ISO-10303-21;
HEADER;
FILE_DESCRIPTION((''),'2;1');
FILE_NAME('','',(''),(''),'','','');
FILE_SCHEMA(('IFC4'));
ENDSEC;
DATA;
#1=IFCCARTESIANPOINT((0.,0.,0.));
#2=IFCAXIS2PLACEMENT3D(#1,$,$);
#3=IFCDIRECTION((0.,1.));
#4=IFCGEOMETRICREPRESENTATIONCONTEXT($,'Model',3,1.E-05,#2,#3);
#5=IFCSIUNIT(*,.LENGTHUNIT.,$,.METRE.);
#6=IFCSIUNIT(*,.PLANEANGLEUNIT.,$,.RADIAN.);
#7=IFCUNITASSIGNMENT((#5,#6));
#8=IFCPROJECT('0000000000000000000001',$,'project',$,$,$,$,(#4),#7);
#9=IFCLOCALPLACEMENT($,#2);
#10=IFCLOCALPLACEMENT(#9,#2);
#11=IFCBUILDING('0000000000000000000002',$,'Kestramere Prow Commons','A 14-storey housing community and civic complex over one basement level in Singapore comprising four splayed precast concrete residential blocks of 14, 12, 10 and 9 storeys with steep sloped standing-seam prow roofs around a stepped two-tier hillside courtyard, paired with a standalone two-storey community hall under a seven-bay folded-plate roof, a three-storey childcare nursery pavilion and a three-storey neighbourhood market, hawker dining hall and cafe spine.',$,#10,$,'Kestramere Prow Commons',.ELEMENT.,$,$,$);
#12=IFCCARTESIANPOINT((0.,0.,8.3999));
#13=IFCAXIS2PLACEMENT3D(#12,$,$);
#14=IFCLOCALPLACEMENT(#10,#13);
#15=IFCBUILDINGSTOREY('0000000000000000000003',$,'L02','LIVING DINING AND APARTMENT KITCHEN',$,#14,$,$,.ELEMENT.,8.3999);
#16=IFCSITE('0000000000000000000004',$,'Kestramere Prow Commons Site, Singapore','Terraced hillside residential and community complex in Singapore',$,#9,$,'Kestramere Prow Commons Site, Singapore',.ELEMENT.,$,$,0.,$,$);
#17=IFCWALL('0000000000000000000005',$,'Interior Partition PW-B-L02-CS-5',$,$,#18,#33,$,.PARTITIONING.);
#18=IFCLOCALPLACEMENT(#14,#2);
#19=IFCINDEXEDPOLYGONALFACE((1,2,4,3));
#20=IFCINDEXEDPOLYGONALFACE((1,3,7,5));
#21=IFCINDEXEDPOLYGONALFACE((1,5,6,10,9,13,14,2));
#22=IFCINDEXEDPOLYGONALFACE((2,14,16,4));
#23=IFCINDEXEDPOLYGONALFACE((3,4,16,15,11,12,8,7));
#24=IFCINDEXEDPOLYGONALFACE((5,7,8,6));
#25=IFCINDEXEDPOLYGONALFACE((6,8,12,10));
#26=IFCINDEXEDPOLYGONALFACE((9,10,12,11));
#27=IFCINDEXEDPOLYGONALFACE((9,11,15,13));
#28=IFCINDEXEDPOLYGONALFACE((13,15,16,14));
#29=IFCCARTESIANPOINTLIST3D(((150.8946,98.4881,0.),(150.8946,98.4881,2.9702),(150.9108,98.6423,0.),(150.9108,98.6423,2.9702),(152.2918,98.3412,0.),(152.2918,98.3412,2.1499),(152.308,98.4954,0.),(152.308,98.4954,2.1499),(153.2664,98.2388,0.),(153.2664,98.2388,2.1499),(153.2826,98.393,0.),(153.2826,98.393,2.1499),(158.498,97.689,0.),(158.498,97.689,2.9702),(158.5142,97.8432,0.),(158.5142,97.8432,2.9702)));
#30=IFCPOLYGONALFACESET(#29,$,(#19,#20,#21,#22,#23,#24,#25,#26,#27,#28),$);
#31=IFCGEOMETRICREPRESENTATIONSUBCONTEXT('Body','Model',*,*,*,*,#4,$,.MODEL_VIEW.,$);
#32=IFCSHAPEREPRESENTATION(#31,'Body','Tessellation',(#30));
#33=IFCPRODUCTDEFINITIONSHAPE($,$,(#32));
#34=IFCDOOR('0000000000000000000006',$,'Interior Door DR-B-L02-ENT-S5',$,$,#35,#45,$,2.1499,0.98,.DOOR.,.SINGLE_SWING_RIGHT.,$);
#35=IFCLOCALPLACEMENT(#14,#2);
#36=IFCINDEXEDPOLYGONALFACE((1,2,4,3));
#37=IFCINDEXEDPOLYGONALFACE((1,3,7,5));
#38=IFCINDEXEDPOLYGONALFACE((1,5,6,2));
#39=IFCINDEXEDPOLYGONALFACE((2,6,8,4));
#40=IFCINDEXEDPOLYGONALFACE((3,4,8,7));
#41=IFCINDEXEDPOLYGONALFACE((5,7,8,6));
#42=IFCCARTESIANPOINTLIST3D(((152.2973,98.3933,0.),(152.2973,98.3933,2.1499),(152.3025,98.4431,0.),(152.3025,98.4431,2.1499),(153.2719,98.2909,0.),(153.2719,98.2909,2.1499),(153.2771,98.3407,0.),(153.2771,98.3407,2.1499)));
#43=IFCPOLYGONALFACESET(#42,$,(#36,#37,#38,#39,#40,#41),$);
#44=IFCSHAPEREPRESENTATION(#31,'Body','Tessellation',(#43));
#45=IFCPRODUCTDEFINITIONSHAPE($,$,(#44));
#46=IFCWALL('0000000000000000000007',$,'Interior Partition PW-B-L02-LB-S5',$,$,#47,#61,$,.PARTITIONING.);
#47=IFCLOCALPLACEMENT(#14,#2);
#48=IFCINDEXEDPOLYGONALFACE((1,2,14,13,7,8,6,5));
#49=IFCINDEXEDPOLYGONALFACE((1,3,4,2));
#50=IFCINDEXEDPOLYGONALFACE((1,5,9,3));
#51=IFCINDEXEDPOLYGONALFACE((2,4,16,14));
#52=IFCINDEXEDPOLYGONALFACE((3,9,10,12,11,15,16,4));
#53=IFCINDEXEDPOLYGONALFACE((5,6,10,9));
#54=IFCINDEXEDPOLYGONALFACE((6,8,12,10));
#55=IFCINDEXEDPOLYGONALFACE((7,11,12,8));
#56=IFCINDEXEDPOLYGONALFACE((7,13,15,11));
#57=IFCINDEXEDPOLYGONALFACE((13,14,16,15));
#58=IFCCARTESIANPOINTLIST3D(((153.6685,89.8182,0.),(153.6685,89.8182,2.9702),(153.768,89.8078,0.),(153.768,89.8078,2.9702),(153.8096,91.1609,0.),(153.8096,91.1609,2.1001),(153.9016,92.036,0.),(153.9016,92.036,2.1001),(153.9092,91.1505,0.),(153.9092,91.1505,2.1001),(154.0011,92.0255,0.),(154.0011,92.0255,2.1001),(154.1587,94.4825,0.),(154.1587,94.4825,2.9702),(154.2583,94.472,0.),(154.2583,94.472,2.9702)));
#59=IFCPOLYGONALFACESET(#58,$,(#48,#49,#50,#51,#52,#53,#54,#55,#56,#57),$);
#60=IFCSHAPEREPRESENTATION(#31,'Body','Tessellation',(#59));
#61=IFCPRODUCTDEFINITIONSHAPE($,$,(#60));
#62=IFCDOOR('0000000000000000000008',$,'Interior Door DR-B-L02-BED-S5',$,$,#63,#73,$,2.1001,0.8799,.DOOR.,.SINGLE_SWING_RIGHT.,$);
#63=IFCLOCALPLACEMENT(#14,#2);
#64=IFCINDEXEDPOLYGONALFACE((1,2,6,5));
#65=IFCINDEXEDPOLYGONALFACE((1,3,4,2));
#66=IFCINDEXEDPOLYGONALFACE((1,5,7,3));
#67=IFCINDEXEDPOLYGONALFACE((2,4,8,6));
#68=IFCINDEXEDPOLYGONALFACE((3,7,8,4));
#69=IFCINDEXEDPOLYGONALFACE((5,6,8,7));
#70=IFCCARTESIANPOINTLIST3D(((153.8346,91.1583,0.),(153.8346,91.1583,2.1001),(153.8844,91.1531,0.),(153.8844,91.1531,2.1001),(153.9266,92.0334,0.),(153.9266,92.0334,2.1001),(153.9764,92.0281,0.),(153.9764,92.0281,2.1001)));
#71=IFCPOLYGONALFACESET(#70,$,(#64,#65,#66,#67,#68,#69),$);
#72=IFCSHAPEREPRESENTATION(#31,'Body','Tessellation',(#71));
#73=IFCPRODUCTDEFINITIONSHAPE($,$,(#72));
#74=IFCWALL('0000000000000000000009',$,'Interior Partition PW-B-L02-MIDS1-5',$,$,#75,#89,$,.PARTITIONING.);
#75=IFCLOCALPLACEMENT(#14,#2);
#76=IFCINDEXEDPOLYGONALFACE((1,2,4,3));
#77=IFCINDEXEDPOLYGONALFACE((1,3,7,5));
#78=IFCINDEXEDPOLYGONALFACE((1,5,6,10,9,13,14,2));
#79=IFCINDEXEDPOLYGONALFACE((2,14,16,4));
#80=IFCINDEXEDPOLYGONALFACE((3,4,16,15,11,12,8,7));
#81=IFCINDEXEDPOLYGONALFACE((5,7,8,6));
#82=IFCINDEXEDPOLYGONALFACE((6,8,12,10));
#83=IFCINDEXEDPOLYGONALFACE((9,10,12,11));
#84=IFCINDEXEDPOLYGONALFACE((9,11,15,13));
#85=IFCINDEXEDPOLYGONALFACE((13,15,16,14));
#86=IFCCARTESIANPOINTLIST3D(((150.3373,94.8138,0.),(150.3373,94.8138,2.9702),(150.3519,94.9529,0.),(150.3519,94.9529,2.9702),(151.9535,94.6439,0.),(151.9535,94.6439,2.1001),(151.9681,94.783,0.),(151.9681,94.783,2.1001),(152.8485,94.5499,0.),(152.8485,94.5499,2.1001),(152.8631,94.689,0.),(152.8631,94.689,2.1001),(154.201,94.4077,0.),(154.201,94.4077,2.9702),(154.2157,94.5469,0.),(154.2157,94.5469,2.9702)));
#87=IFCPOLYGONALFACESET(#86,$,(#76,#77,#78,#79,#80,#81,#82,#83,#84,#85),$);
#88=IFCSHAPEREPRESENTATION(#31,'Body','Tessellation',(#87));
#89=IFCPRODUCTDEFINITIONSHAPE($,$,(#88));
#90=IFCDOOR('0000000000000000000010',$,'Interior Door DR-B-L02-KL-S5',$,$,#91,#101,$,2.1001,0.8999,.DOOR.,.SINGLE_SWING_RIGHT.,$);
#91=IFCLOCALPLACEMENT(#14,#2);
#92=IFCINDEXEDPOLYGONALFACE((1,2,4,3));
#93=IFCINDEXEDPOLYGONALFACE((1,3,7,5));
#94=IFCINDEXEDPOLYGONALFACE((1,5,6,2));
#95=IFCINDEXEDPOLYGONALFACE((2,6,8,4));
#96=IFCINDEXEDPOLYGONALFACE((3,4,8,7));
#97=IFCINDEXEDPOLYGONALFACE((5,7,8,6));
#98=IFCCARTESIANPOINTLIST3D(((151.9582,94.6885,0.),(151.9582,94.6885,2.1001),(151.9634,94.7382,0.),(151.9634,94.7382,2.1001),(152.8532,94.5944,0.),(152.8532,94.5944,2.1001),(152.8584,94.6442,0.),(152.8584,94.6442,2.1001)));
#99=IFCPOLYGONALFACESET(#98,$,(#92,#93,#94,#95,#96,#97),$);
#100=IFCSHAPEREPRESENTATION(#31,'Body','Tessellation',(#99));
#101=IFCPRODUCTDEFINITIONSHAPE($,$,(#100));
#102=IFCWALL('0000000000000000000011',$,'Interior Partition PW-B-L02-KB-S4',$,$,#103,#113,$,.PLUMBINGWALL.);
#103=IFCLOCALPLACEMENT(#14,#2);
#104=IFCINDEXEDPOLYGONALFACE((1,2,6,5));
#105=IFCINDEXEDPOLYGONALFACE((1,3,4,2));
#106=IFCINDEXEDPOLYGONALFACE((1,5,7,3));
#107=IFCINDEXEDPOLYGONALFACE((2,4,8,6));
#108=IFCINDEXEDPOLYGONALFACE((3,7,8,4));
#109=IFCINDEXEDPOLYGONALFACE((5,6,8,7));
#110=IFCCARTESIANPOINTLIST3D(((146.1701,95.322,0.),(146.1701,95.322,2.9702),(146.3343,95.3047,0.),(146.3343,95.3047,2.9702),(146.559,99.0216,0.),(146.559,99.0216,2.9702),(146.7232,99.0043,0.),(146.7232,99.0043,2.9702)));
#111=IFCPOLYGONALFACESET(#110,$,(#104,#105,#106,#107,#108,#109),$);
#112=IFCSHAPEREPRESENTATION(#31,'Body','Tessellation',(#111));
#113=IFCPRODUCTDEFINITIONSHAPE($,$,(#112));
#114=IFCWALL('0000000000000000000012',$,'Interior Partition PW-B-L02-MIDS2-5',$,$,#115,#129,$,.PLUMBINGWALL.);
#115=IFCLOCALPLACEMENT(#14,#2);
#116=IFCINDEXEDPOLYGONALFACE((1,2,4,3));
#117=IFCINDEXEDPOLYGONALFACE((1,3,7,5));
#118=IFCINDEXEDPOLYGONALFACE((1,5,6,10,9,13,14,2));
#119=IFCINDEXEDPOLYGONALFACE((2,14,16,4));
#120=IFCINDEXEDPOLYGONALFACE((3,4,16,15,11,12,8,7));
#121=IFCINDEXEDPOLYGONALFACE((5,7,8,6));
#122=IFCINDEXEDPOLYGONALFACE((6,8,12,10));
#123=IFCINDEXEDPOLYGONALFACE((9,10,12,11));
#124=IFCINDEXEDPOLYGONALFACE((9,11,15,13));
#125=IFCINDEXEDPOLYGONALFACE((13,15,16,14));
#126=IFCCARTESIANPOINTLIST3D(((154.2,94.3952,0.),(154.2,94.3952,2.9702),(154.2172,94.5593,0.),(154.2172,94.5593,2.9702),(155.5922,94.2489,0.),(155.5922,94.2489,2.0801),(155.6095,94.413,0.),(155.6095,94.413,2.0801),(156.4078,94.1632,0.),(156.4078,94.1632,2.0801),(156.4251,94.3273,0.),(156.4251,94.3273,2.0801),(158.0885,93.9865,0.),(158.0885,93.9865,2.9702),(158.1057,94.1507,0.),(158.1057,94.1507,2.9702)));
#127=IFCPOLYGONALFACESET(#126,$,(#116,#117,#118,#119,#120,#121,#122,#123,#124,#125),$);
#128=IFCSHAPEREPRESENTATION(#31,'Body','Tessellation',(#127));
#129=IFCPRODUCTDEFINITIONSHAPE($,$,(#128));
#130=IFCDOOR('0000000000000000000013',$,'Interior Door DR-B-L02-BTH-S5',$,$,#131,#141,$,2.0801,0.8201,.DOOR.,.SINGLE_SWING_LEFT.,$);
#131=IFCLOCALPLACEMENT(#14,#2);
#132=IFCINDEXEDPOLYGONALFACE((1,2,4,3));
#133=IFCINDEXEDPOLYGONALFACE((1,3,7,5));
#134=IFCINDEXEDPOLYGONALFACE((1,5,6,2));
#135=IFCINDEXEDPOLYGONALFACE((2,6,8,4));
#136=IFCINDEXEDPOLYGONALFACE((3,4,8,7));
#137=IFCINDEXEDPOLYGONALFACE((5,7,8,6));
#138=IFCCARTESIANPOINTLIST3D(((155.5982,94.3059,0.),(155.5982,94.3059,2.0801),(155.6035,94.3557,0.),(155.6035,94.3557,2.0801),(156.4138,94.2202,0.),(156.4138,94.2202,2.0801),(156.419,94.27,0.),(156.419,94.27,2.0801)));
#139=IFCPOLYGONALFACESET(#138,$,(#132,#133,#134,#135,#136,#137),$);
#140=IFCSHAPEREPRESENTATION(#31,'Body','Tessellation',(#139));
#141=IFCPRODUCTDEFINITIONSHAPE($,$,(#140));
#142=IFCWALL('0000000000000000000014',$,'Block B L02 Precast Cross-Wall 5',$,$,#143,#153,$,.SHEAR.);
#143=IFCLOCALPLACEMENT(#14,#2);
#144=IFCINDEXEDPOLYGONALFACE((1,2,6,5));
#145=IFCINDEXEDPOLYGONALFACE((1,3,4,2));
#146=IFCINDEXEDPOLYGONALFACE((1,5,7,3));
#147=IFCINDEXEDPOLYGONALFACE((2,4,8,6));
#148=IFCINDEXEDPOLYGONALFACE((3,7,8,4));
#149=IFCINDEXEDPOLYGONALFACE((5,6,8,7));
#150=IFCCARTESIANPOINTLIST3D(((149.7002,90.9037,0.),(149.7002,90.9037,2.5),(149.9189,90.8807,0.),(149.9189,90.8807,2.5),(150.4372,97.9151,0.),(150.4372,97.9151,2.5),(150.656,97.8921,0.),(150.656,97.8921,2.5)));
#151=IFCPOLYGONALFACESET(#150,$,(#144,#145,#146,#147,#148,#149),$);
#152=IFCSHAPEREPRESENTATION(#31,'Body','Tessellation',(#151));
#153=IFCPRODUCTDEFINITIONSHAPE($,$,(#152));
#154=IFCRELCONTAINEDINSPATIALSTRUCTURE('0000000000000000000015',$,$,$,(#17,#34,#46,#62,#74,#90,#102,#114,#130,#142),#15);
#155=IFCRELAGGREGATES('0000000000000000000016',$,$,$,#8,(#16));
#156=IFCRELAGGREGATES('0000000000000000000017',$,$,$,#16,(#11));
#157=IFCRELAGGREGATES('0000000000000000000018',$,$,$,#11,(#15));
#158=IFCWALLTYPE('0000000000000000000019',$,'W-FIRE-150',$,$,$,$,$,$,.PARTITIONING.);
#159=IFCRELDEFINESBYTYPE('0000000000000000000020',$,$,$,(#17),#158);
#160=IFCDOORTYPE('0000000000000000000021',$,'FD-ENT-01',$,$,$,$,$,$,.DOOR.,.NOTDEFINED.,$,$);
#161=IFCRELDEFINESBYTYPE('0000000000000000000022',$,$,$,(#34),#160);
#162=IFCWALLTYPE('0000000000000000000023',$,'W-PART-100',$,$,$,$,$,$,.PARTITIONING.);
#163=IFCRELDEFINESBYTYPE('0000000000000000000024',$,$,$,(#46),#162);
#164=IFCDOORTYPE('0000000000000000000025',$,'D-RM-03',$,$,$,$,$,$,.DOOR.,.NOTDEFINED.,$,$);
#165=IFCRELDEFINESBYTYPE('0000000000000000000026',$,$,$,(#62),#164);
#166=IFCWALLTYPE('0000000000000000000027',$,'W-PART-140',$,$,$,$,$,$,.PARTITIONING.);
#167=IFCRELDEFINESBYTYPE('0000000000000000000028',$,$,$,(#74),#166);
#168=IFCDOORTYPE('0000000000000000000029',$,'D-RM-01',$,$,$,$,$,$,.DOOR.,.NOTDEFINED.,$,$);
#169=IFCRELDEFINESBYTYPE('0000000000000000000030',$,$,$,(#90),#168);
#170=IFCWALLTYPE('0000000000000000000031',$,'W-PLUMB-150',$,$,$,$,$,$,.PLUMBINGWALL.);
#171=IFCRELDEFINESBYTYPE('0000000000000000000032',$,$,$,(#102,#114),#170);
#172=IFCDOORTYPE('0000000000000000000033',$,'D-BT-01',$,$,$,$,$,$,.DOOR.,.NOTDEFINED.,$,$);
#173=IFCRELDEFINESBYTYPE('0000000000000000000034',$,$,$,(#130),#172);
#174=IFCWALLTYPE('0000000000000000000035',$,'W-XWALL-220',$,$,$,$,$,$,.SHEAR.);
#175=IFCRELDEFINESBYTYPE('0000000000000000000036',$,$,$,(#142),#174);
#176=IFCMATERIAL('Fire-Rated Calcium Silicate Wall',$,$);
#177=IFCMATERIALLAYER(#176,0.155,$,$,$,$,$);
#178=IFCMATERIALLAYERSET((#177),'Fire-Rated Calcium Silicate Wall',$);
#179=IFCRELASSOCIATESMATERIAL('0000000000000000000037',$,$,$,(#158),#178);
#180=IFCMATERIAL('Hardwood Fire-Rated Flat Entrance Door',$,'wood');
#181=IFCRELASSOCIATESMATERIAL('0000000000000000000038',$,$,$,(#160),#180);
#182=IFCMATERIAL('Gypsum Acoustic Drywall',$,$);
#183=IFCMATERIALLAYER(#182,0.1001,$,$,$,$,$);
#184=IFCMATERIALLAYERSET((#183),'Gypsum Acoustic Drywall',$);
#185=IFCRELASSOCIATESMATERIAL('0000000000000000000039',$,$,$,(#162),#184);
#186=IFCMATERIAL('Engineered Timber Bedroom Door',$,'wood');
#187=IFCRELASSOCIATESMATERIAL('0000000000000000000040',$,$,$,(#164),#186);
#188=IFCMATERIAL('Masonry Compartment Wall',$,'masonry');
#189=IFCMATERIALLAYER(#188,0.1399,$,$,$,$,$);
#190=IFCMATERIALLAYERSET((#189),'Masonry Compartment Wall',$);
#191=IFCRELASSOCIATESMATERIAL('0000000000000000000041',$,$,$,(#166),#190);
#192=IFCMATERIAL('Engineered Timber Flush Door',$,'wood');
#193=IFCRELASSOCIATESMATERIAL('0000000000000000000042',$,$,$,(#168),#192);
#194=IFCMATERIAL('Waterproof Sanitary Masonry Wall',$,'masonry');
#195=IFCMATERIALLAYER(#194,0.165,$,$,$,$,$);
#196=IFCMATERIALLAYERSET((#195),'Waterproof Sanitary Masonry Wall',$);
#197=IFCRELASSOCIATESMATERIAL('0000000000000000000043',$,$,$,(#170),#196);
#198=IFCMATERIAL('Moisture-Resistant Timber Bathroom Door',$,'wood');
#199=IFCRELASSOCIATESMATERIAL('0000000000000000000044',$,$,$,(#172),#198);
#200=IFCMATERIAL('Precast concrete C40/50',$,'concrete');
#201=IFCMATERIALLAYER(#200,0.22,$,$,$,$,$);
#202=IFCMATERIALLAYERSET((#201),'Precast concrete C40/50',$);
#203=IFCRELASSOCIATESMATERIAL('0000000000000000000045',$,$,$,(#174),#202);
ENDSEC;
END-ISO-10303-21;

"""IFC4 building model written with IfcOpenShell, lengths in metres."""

from ifc_helpers import new_model, si_unit, direction, frame, frame_2d, origin, place, context, subcontext, project, spatial, rectangle, extrude, material, layer, layer_set, type_object, element, fill, save


model = new_model("IFC4")

# Units and contexts
model_context = context("Model", 3, precision=1e-05, world=origin(), true_north=direction((0.0, 1.0)))
body_context = subcontext(model_context, "Body", "Model", "MODEL_VIEW")
ifc_project = project(units=[si_unit("LENGTHUNIT", "METRE"), si_unit("PLANEANGLEUNIT", "RADIAN")], contexts=[model_context])

# Site, building, storey
site_placement = place(None, origin())
site = spatial("IfcSite", under=ifc_project, at=site_placement, Name="Kestramere Prow Commons Site, Singapore", Description="Terraced hillside residential and community complex in Singapore", LongName="Kestramere Prow Commons Site, Singapore", CompositionType="ELEMENT", RefElevation=0.0)
building_placement = place(site_placement, origin())
building = spatial("IfcBuilding", under=site, at=building_placement, Name="Kestramere Prow Commons", Description="A 14-storey housing community and civic complex over one basement level in Singapore comprising four splayed precast concrete residential blocks of 14, 12, 10 and 9 storeys with steep sloped standing-seam prow roofs around a stepped two-tier hillside courtyard, paired with a standalone two-storey community hall under a seven-bay folded-plate roof, a three-storey childcare nursery pavilion and a three-storey neighbourhood market, hawker dining hall and cafe spine.", LongName="Kestramere Prow Commons", CompositionType="ELEMENT")
storey_placement = place(building_placement, frame((0.0, 0.0, 8.3999)))
storey = spatial("IfcBuildingStorey", under=building, at=storey_placement, Name="L02", Description="LIVING DINING AND APARTMENT KITCHEN", CompositionType="ELEMENT", Elevation=8.3999)

# Shared definitions
ifc_material_1 = material(Name="Precast concrete C40/50", Category="concrete")

# Walls, openings, doors
ifc_material_2 = material(Name="Fire-Rated Calcium Silicate Wall")
ifc_layer_1 = layer(ifc_material_2, 0.155)
ifc_layer_set_1 = layer_set([ifc_layer_1], Name="Fire-Rated Calcium Silicate Wall")
wall_type_1 = type_object("IfcWallType", Name="W-FIRE-150", PredefinedType="PARTITIONING", material=ifc_layer_set_1)
wall_1_placement = place(storey_placement, frame((150.9026, 98.5652, 0.0), z_axis=(0.0, 0.0, 1.0), x_axis=(0.994523, -0.10452, 0.0)))
wall_1 = element("IfcWall", 1, at=wall_1_placement, inside=storey, type_object=wall_type_1, Name="Interior Partition PW-B-L02-CS-5", PredefinedType="PARTITIONING", context=body_context, shape_type="SweptSolid", body=[
    extrude(rectangle(XDim=7.6453, YDim=0.155, at=frame_2d((3.8228, 0.0))), origin(), (0.0, 0.0, 1.0), 2.9702),
])
opening_1_placement = place(wall_1_placement, frame((1.405, 0.0, 0.0)))
opening_1 = element("IfcOpeningElement", 2, at=opening_1_placement, cuts=wall_1, PredefinedType="OPENING", context=body_context, shape_type="SweptSolid", body=[
    extrude(rectangle(XDim=0.98, YDim=2.1499, at=frame_2d((0.49, 1.075))), frame((0.0, 0.0925, 0.0), z_axis=(0.0, -1.0, 0.0), x_axis=(1.0, 0.0, 0.0)), (0.0, 0.0, 1.0), 0.1851),
])
ifc_material_3 = material(Name="Hardwood Fire-Rated Flat Entrance Door", Category="wood")
door_type_1 = type_object("IfcDoorType", Name="FD-ENT-01", OperationType="NOTDEFINED", PredefinedType="DOOR", material=ifc_material_3)
door_1_placement = place(opening_1_placement, origin())
door_1 = element("IfcDoor", 3, at=door_1_placement, inside=storey, type_object=door_type_1, Name="Interior Door DR-B-L02-ENT-S5", OperationType="SINGLE_SWING_RIGHT", OverallHeight=2.1499, OverallWidth=0.98, PredefinedType="DOOR", context=body_context, shape_type="SweptSolid", body=[
    extrude(rectangle(XDim=0.98, YDim=2.1499, at=frame_2d((0.49, 1.075))), frame((0.0, 0.0249, 0.0), z_axis=(0.0, -1.0, 0.0), x_axis=(1.0, 0.0, 0.0)), (0.0, 0.0, 1.0), 0.05),
])
fill(opening_1, door_1)
ifc_material_4 = material(Name="Gypsum Acoustic Drywall")
ifc_layer_2 = layer(ifc_material_4, 0.1001)
ifc_layer_set_2 = layer_set([ifc_layer_2], Name="Gypsum Acoustic Drywall")
wall_type_2 = type_object("IfcWallType", Name="W-PART-100", PredefinedType="PARTITIONING", material=ifc_layer_set_2)
wall_2_placement = place(storey_placement, frame((153.7183, 89.813, 0.0), z_axis=(0.0, 0.0, 1.0), x_axis=(0.104528, 0.994522, 0.0)))
wall_2 = element("IfcWall", 4, at=wall_2_placement, inside=storey, type_object=wall_type_2, Name="Interior Partition PW-B-L02-LB-S5", PredefinedType="PARTITIONING", context=body_context, shape_type="SweptSolid", body=[
    extrude(rectangle(XDim=4.6899, YDim=0.1001, at=frame_2d((2.345, 0.0))), origin(), (0.0, 0.0, 1.0), 2.9702),
])
opening_2_placement = place(wall_2_placement, frame((1.3501, 0.0, 0.0)))
opening_2 = element("IfcOpeningElement", 5, at=opening_2_placement, cuts=wall_2, PredefinedType="OPENING", context=body_context, shape_type="SweptSolid", body=[
    extrude(rectangle(XDim=0.8799, YDim=2.1001, at=frame_2d((0.4399, 1.05))), frame((0.0, 0.0649, 0.0), z_axis=(0.0, -1.0, 0.0), x_axis=(1.0, 0.0, 0.0)), (0.0, 0.0, 1.0), 0.1301),
])
ifc_material_5 = material(Name="Engineered Timber Bedroom Door", Category="wood")
door_type_2 = type_object("IfcDoorType", Name="D-RM-03", OperationType="NOTDEFINED", PredefinedType="DOOR", material=ifc_material_5)
door_2_placement = place(opening_2_placement, origin())
door_2 = element("IfcDoor", 6, at=door_2_placement, inside=storey, type_object=door_type_2, Name="Interior Door DR-B-L02-BED-S5", OperationType="SINGLE_SWING_RIGHT", OverallHeight=2.1001, OverallWidth=0.8799, PredefinedType="DOOR", context=body_context, shape_type="SweptSolid", body=[
    extrude(rectangle(XDim=0.8799, YDim=2.1001, at=frame_2d((0.4399, 1.05))), frame((0.0, 0.0249, 0.0), z_axis=(0.0, -1.0, 0.0), x_axis=(1.0, 0.0, 0.0)), (0.0, 0.0, 1.0), 0.05),
])
fill(opening_2, door_2)
ifc_material_6 = material(Name="Masonry Compartment Wall", Category="masonry")
ifc_layer_3 = layer(ifc_material_6, 0.1399)
ifc_layer_set_3 = layer_set([ifc_layer_3], Name="Masonry Compartment Wall")
wall_type_3 = type_object("IfcWallType", Name="W-PART-140", PredefinedType="PARTITIONING", material=ifc_layer_set_3)
wall_3_placement = place(storey_placement, frame((150.3447, 94.8833, 0.0), z_axis=(0.0, 0.0, 1.0), x_axis=(0.994524, -0.104505, 0.0)))
wall_3 = element("IfcWall", 7, at=wall_3_placement, inside=storey, type_object=wall_type_3, Name="Interior Partition PW-B-L02-MIDS1-5", PredefinedType="PARTITIONING", context=body_context, shape_type="SweptSolid", body=[
    extrude(rectangle(XDim=3.885, YDim=0.1399, at=frame_2d((1.9424, 0.0))), origin(), (0.0, 0.0, 1.0), 2.9702),
])
opening_3_placement = place(wall_3_placement, frame((1.625, 0.0, 0.0)))
opening_3 = element("IfcOpeningElement", 8, at=opening_3_placement, cuts=wall_3, PredefinedType="OPENING", context=body_context, shape_type="SweptSolid", body=[
    extrude(rectangle(XDim=0.8999, YDim=2.1001, at=frame_2d((0.45, 1.05))), frame((0.0, 0.085, 0.0), z_axis=(0.0, -1.0, 0.0), x_axis=(1.0, 0.0, 0.0)), (0.0, 0.0, 1.0), 0.1699),
])
ifc_material_7 = material(Name="Engineered Timber Flush Door", Category="wood")
door_type_3 = type_object("IfcDoorType", Name="D-RM-01", OperationType="NOTDEFINED", PredefinedType="DOOR", material=ifc_material_7)
door_3_placement = place(opening_3_placement, origin())
door_3 = element("IfcDoor", 9, at=door_3_placement, inside=storey, type_object=door_type_3, Name="Interior Door DR-B-L02-KL-S5", OperationType="SINGLE_SWING_RIGHT", OverallHeight=2.1001, OverallWidth=0.8999, PredefinedType="DOOR", context=body_context, shape_type="SweptSolid", body=[
    extrude(rectangle(XDim=0.8999, YDim=2.1001, at=frame_2d((0.45, 1.05))), frame((0.0, 0.0249, 0.0), z_axis=(0.0, -1.0, 0.0), x_axis=(1.0, 0.0, 0.0)), (0.0, 0.0, 1.0), 0.05),
])
fill(opening_3, door_3)

# Wall
ifc_material_8 = material(Name="Waterproof Sanitary Masonry Wall", Category="masonry")
ifc_layer_4 = layer(ifc_material_8, 0.165)
ifc_layer_set_4 = layer_set([ifc_layer_4], Name="Waterproof Sanitary Masonry Wall")
wall_type_4 = type_object("IfcWallType", Name="W-PLUMB-150", PredefinedType="PLUMBINGWALL", material=ifc_layer_set_4)
wall_4_placement = place(storey_placement, frame((146.2522, 95.3135, 0.0), z_axis=(0.0, 0.0, 1.0), x_axis=(0.104552, 0.994519, 0.0)))
element("IfcWall", 10, at=wall_4_placement, inside=storey, type_object=wall_type_4, Name="Interior Partition PW-B-L02-KB-S4", PredefinedType="PLUMBINGWALL", context=body_context, shape_type="SweptSolid", body=[
    extrude(rectangle(XDim=3.72, YDim=0.165, at=frame_2d((1.8599, 0.0))), origin(), (0.0, 0.0, 1.0), 2.9702),
])

# Wall, opening, door
wall_5_placement = place(storey_placement, frame((154.2085, 94.4773, 0.0), z_axis=(0.0, 0.0, 1.0), x_axis=(0.994522, -0.104529, 0.0)))
wall_5 = element("IfcWall", 11, at=wall_5_placement, inside=storey, type_object=wall_type_4, Name="Interior Partition PW-B-L02-MIDS2-5", PredefinedType="PLUMBINGWALL", context=body_context, shape_type="SweptSolid", body=[
    extrude(rectangle(XDim=3.9099, YDim=0.165, at=frame_2d((1.9551, 0.0))), origin(), (0.0, 0.0, 1.0), 2.9702),
])
opening_4_placement = place(wall_5_placement, frame((1.3999, 0.0, 0.0)))
opening_4 = element("IfcOpeningElement", 12, at=opening_4_placement, cuts=wall_5, PredefinedType="OPENING", context=body_context, shape_type="SweptSolid", body=[
    extrude(rectangle(XDim=0.8201, YDim=2.0801, at=frame_2d((0.4102, 1.04))), frame((0.0, 0.0974, 0.0), z_axis=(0.0, -1.0, 0.0), x_axis=(1.0, 0.0, 0.0)), (0.0, 0.0, 1.0), 0.1951),
])
ifc_material_9 = material(Name="Moisture-Resistant Timber Bathroom Door", Category="wood")
door_type_4 = type_object("IfcDoorType", Name="D-BT-01", OperationType="NOTDEFINED", PredefinedType="DOOR", material=ifc_material_9)
door_4_placement = place(opening_4_placement, origin())
door_4 = element("IfcDoor", 13, at=door_4_placement, inside=storey, type_object=door_type_4, Name="Interior Door DR-B-L02-BTH-S5", OperationType="SINGLE_SWING_LEFT", OverallHeight=2.0801, OverallWidth=0.8201, PredefinedType="DOOR", context=body_context, shape_type="SweptSolid", body=[
    extrude(rectangle(XDim=0.8201, YDim=2.0801, at=frame_2d((0.4102, 1.04))), frame((0.0, 0.0249, 0.0), z_axis=(0.0, -1.0, 0.0), x_axis=(1.0, 0.0, 0.0)), (0.0, 0.0, 1.0), 0.05),
])
fill(opening_4, door_4)

# Wall
ifc_layer_5 = layer(ifc_material_1, 0.22)
ifc_layer_set_5 = layer_set([ifc_layer_5], Name="Precast concrete C40/50")
wall_type_5 = type_object("IfcWallType", Name="W-XWALL-220", PredefinedType="SHEAR", material=ifc_layer_set_5)
wall_6_placement = place(storey_placement, frame((149.8096, 90.8923, 0.0), z_axis=(0.0, 0.0, 1.0), x_axis=(0.104546, 0.99452, 0.0)))
element("IfcWall", 14, at=wall_6_placement, inside=storey, type_object=wall_type_5, Name="Block B L02 Precast Cross-Wall 5", PredefinedType="SHEAR", context=body_context, shape_type="SweptSolid", body=[
    extrude(rectangle(XDim=7.05, YDim=0.22, at=frame_2d((3.5249, 0.0))), origin(), (0.0, 0.0, 1.0), 2.5),
])

save(model, "model.ifc")
